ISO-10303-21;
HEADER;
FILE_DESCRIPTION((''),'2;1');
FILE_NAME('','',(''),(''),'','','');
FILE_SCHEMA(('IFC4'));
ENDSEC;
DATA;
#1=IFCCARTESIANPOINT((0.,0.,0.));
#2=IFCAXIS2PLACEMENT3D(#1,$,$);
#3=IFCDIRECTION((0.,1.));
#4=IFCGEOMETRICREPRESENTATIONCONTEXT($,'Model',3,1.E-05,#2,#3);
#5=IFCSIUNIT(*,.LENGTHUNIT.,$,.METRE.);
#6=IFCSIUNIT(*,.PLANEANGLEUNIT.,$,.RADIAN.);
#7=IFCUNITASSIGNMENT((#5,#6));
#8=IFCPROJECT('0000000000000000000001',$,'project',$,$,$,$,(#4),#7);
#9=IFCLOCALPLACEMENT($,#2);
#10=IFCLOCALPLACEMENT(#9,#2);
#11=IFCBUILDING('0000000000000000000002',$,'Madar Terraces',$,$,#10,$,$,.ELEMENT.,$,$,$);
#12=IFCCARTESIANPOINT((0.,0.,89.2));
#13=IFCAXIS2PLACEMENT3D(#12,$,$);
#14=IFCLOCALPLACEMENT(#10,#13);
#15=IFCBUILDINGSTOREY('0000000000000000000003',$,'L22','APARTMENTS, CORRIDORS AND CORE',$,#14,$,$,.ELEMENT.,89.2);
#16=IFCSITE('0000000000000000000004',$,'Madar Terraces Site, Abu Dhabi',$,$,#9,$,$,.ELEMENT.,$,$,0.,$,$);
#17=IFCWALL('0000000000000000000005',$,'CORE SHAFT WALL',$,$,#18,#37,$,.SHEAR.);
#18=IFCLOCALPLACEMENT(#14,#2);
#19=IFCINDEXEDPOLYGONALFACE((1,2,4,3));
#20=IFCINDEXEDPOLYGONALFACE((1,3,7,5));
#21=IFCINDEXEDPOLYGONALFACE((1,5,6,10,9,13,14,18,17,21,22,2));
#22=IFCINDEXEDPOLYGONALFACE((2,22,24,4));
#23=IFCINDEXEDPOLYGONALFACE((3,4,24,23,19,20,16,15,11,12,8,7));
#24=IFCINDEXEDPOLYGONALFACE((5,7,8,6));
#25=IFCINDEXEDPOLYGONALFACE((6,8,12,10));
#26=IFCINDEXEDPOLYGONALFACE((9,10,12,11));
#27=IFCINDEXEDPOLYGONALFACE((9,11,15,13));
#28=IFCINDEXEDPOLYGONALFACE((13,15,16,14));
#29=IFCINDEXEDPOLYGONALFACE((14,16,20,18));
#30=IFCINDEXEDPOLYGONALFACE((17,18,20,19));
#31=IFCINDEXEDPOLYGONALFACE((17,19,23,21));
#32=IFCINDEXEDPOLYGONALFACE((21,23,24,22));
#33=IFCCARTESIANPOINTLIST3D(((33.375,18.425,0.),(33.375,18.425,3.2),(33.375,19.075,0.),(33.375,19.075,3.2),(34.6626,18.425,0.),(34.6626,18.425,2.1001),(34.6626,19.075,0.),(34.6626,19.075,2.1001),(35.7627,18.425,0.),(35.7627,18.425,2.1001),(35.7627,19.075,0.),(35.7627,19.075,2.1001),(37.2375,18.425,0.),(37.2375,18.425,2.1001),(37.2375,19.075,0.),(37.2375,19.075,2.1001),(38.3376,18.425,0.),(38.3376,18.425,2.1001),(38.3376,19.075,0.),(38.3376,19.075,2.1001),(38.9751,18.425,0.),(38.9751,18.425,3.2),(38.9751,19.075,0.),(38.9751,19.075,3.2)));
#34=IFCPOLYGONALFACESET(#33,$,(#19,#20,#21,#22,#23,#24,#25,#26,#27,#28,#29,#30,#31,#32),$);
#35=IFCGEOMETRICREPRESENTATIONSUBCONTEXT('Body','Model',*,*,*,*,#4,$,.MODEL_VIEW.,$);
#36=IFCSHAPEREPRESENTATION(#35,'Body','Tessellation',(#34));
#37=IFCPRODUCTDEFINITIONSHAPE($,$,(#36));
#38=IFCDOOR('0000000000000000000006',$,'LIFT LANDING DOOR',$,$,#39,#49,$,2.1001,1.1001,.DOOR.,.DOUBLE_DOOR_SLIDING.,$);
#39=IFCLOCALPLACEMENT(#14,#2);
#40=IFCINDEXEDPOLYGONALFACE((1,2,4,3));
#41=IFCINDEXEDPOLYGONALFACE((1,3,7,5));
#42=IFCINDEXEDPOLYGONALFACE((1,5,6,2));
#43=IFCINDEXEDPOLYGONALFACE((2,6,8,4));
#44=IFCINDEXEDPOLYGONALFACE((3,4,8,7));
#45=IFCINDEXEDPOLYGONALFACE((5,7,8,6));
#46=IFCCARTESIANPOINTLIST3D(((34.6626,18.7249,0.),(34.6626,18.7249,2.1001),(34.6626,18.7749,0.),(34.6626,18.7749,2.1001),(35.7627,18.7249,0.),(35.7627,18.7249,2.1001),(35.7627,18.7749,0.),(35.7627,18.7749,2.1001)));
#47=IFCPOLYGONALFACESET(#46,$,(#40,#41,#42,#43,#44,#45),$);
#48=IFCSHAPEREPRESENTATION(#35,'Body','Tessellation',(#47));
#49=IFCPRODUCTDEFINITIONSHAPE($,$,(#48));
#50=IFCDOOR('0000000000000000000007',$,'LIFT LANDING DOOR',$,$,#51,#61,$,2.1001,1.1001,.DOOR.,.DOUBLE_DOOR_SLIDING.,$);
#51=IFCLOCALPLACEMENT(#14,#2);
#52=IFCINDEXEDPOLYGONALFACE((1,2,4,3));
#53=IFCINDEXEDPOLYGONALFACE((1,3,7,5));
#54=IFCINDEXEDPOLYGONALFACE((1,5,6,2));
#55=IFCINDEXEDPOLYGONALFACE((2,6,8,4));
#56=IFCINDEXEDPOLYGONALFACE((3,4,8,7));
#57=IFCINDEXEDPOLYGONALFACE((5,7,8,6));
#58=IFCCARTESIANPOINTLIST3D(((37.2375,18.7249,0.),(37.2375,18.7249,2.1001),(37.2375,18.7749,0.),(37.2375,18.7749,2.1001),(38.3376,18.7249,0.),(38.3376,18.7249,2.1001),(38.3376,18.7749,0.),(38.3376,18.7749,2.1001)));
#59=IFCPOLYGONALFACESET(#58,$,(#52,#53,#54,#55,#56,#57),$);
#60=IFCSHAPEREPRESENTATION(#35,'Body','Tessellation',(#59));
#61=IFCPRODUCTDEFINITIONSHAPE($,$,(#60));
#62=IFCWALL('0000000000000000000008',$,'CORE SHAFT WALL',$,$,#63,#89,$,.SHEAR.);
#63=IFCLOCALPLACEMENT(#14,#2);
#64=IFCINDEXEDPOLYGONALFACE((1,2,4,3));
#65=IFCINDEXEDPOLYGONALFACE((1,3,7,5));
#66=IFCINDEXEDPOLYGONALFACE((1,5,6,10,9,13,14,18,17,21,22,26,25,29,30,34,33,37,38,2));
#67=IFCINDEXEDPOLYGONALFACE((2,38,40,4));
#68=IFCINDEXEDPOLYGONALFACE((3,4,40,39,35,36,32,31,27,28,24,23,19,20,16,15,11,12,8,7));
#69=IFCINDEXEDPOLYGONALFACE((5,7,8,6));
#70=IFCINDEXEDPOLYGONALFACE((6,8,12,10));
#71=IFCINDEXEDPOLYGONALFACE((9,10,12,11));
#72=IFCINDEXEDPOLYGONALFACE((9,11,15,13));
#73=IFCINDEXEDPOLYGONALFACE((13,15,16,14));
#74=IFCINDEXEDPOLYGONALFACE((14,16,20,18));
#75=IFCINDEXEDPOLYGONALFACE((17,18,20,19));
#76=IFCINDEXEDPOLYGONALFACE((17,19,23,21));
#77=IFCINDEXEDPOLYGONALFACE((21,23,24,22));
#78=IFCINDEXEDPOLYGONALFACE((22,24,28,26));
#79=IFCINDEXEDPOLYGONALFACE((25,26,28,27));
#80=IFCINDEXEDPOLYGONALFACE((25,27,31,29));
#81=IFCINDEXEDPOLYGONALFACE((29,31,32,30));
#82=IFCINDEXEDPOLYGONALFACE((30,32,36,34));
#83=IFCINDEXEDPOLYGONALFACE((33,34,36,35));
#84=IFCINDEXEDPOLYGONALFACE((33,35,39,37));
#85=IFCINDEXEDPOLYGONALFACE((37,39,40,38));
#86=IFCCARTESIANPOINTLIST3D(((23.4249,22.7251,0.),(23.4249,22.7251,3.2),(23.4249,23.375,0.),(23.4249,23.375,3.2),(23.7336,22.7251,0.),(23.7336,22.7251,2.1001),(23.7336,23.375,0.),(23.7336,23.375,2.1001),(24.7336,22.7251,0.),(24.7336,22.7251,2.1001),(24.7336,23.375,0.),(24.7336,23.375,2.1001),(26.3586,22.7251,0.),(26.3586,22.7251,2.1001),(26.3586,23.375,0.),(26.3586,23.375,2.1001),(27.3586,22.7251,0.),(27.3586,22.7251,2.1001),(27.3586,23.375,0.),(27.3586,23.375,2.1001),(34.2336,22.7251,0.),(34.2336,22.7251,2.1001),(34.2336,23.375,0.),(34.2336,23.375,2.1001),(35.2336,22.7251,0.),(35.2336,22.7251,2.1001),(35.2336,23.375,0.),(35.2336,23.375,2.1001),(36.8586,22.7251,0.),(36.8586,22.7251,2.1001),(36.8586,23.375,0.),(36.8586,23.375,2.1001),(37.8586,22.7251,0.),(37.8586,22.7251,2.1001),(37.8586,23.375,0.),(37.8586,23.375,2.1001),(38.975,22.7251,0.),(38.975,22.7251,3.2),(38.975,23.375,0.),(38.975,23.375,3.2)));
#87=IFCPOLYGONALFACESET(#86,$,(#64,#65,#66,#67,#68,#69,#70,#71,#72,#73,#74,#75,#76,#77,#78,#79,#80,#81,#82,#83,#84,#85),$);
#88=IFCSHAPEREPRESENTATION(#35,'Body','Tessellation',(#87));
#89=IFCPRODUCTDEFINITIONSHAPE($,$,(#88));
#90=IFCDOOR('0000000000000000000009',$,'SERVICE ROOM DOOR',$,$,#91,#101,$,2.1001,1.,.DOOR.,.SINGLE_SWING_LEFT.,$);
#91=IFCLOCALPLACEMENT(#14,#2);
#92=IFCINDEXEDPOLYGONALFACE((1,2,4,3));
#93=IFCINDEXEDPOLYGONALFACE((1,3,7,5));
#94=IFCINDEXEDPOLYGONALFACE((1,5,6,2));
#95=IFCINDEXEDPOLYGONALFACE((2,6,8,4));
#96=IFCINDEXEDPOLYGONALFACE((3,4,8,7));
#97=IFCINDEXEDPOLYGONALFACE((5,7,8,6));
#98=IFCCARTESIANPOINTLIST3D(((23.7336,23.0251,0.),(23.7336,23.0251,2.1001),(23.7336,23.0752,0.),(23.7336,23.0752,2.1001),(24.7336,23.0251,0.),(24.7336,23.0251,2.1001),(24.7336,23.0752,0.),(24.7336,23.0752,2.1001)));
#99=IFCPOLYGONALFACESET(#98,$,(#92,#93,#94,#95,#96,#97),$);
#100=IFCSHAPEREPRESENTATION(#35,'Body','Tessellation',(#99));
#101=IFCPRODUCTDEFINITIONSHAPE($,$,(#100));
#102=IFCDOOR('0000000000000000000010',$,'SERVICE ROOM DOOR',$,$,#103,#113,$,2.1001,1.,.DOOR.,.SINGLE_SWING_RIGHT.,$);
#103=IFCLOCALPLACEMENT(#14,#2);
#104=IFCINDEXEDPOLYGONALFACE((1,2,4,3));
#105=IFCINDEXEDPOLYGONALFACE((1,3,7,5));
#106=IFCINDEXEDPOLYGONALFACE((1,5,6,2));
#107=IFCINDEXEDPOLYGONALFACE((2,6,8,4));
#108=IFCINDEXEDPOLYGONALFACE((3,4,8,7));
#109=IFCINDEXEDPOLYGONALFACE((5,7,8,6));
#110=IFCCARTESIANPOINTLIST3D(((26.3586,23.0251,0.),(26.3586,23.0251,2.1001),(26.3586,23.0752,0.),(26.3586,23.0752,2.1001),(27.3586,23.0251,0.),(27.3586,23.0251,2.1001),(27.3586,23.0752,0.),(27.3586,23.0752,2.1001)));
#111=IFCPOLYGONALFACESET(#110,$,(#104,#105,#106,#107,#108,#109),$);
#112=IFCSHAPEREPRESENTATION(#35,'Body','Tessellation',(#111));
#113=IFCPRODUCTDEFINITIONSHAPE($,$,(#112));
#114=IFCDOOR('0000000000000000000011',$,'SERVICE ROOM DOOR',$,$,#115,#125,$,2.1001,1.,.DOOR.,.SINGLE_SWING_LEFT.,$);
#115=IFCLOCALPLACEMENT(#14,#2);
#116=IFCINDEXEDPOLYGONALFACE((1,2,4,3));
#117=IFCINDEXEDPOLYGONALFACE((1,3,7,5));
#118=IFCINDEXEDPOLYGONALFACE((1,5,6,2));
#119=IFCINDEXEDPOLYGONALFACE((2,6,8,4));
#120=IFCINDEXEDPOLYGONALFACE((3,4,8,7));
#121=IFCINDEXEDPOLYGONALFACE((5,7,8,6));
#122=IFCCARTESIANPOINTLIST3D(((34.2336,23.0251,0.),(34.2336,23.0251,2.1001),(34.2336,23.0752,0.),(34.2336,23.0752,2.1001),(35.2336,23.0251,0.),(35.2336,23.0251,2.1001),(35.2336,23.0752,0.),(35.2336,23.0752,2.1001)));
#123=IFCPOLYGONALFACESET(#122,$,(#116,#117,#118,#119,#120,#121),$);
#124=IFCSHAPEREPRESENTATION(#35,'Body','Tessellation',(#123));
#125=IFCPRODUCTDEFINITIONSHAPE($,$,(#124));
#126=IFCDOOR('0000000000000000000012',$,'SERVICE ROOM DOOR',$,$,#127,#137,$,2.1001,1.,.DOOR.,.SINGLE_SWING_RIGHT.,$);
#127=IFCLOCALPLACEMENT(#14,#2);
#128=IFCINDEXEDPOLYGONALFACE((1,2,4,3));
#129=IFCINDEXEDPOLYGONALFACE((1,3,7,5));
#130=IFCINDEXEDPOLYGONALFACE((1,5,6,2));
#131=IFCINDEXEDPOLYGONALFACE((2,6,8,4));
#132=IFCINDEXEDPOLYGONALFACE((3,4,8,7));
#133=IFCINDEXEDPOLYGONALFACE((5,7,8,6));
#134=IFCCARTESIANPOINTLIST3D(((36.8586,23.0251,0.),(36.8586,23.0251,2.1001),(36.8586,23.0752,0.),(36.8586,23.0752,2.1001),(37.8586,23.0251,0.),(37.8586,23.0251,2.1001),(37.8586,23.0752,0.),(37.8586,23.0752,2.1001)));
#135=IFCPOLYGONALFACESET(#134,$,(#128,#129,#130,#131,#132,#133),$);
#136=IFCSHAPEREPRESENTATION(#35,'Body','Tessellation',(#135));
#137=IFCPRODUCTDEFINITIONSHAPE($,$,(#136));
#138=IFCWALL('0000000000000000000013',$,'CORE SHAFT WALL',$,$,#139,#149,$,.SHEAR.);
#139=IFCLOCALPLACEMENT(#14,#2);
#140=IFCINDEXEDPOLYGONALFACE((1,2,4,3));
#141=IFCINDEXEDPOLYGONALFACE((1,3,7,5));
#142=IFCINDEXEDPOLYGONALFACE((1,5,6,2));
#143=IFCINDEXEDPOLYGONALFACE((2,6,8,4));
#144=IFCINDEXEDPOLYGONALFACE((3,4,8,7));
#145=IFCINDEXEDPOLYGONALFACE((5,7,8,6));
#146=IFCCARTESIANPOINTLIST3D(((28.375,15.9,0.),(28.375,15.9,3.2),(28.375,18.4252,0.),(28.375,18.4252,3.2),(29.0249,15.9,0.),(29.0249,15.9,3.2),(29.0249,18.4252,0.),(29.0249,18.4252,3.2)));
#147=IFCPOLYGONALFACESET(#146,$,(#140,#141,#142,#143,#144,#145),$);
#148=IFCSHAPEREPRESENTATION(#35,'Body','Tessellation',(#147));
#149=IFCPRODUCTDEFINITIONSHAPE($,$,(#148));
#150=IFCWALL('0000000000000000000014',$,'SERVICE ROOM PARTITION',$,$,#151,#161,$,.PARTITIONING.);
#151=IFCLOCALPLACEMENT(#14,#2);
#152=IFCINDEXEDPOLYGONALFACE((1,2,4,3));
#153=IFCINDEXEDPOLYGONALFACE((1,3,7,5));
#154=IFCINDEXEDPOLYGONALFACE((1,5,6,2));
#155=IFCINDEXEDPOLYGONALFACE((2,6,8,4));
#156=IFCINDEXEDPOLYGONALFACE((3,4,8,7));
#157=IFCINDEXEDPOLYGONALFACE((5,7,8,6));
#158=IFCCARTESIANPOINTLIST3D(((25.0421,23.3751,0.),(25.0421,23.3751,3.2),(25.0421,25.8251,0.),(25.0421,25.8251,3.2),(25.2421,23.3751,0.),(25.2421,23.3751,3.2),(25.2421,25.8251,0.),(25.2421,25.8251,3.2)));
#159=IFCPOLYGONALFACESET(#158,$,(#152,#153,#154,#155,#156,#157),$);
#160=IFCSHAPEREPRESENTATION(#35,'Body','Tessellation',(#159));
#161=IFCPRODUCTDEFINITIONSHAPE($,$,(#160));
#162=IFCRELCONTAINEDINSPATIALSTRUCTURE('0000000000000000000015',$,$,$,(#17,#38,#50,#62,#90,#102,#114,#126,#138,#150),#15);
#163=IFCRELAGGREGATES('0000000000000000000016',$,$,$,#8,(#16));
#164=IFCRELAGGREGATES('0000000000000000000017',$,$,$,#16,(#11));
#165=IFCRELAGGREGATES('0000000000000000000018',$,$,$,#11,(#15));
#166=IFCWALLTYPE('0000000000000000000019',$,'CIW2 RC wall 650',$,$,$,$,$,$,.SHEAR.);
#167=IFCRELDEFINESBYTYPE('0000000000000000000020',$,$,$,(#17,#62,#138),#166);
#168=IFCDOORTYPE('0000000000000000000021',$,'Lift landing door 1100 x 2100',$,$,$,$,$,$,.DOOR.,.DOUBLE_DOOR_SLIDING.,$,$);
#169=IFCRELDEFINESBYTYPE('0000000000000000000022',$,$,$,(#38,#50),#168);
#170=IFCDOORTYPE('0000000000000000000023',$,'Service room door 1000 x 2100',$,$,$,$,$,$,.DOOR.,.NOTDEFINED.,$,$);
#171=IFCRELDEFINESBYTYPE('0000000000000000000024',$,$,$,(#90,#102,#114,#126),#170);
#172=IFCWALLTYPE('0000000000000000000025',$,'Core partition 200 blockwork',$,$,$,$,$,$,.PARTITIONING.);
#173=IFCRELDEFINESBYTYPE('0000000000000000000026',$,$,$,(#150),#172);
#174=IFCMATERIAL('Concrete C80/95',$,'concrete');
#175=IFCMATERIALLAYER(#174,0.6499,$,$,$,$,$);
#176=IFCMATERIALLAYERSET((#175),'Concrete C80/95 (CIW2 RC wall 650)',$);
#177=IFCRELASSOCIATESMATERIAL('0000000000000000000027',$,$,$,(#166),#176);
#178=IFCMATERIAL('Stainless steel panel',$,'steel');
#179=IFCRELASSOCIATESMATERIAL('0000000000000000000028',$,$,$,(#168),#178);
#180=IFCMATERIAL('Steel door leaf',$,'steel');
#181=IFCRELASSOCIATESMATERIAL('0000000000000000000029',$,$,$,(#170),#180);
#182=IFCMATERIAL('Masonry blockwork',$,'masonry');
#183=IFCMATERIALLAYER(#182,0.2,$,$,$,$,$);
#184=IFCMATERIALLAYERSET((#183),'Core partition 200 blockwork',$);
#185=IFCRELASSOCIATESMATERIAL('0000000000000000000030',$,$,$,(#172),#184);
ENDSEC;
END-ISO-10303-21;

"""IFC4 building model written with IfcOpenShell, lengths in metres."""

from ifc_helpers import new_model, si_unit, direction, frame, frame_2d, origin, place, context, subcontext, project, spatial, rectangle, extrude, material, layer, layer_set, type_object, element, fill, save


model = new_model("IFC4")

# Units and contexts
model_context = context("Model", 3, precision=1e-05, world=origin(), true_north=direction((0.0, 1.0)))
body_context = subcontext(model_context, "Body", "Model", "MODEL_VIEW")
ifc_project = project(units=[si_unit("LENGTHUNIT", "METRE"), si_unit("PLANEANGLEUNIT", "RADIAN")], contexts=[model_context])

# Site, building, storey
site_placement = place(None, origin())
site = spatial("IfcSite", under=ifc_project, at=site_placement, Name="Madar Terraces Site, Abu Dhabi", CompositionType="ELEMENT", RefElevation=0.0)
building_placement = place(site_placement, origin())
building = spatial("IfcBuilding", under=site, at=building_placement, Name="Madar Terraces", CompositionType="ELEMENT")
storey_placement = place(building_placement, frame((0.0, 0.0, 89.2)))
storey = spatial("IfcBuildingStorey", under=building, at=storey_placement, Name="L22", Description="APARTMENTS, CORRIDORS AND CORE", CompositionType="ELEMENT", Elevation=89.2)

# Walls, openings, doors
ifc_material_1 = material(Name="Concrete C80/95", Category="concrete")
ifc_layer_1 = layer(ifc_material_1, 0.6499)
ifc_layer_set_1 = layer_set([ifc_layer_1], Name="Concrete C80/95 (CIW2 RC wall 650)")
wall_type_1 = type_object("IfcWallType", Name="CIW2 RC wall 650", PredefinedType="SHEAR", material=ifc_layer_set_1)
wall_1_placement = place(storey_placement, frame((33.375, 18.75, 0.0), z_axis=(0.0, 0.0, 1.0), x_axis=(1.0, 0.0, 0.0)))
wall_1 = element("IfcWall", 1, at=wall_1_placement, inside=storey, type_object=wall_type_1, Name="CORE SHAFT WALL", PredefinedType="SHEAR", context=body_context, shape_type="SweptSolid", body=[
    extrude(rectangle(XDim=5.6001, YDim=0.6499, at=frame_2d((2.8, 0.0))), origin(), (0.0, 0.0, 1.0), 3.2),
])
opening_1_placement = place(wall_1_placement, frame((1.2876, 0.0, 0.0)))
opening_1 = element("IfcOpeningElement", 2, at=opening_1_placement, cuts=wall_1, PredefinedType="OPENING", context=body_context, shape_type="SweptSolid", body=[
    extrude(rectangle(XDim=1.1001, YDim=2.1001, at=frame_2d((0.55, 1.05))), frame((0.0, 0.335, 0.0), z_axis=(0.0, -1.0, 0.0), x_axis=(1.0, 0.0, 0.0)), (0.0, 0.0, 1.0), 0.6699),
])
opening_2_placement = place(wall_1_placement, frame((3.8625, 0.0, 0.0)))
opening_2 = element("IfcOpeningElement", 3, at=opening_2_placement, cuts=wall_1, PredefinedType="OPENING", context=body_context, shape_type="SweptSolid", body=[
    extrude(rectangle(XDim=1.1001, YDim=2.1001, at=frame_2d((0.55, 1.05))), frame((0.0, 0.335, 0.0), z_axis=(0.0, -1.0, 0.0), x_axis=(1.0, 0.0, 0.0)), (0.0, 0.0, 1.0), 0.6699),
])
ifc_material_2 = material(Name="Stainless steel panel", Category="steel")
door_type_1 = type_object("IfcDoorType", Name="Lift landing door 1100 x 2100", OperationType="DOUBLE_DOOR_SLIDING", PredefinedType="DOOR", material=ifc_material_2)
door_1_placement = place(opening_1_placement, origin())
door_1 = element("IfcDoor", 4, at=door_1_placement, inside=storey, type_object=door_type_1, Name="LIFT LANDING DOOR", OperationType="DOUBLE_DOOR_SLIDING", OverallHeight=2.1001, OverallWidth=1.1001, PredefinedType="DOOR", context=body_context, shape_type="SweptSolid", body=[
    extrude(rectangle(XDim=1.1001, YDim=2.1001, at=frame_2d((0.55, 1.05))), frame((0.0, 0.0249, 0.0), z_axis=(0.0, -1.0, 0.0), x_axis=(1.0, 0.0, 0.0)), (0.0, 0.0, 1.0), 0.05),
])
fill(opening_1, door_1)
door_2_placement = place(opening_2_placement, origin())
door_2 = element("IfcDoor", 5, at=door_2_placement, inside=storey, type_object=door_type_1, Name="LIFT LANDING DOOR", OperationType="DOUBLE_DOOR_SLIDING", OverallHeight=2.1001, OverallWidth=1.1001, PredefinedType="DOOR", context=body_context, shape_type="SweptSolid", body=[
    extrude(rectangle(XDim=1.1001, YDim=2.1001, at=frame_2d((0.55, 1.05))), frame((0.0, 0.0249, 0.0), z_axis=(0.0, -1.0, 0.0), x_axis=(1.0, 0.0, 0.0)), (0.0, 0.0, 1.0), 0.05),
])
fill(opening_2, door_2)
wall_2_placement = place(storey_placement, frame((23.425, 23.05, 0.0), z_axis=(0.0, 0.0, 1.0), x_axis=(1.0, 0.0, 0.0)))
wall_2 = element("IfcWall", 6, at=wall_2_placement, inside=storey, type_object=wall_type_1, Name="CORE SHAFT WALL", PredefinedType="SHEAR", context=body_context, shape_type="SweptSolid", body=[
    extrude(rectangle(XDim=15.55, YDim=0.6499, at=frame_2d((7.7749, 0.0))), origin(), (0.0, 0.0, 1.0), 3.2),
])
opening_3_placement = place(wall_2_placement, frame((0.3086, 0.0, 0.0)))
opening_3 = element("IfcOpeningElement", 7, at=opening_3_placement, cuts=wall_2, PredefinedType="OPENING", context=body_context, shape_type="SweptSolid", body=[
    extrude(rectangle(XDim=1.0, YDim=2.1001, at=frame_2d((0.5, 1.05))), frame((0.0, 0.335, 0.0), z_axis=(0.0, -1.0, 0.0), x_axis=(1.0, 0.0, 0.0)), (0.0, 0.0, 1.0), 0.6699),
])
opening_4_placement = place(wall_2_placement, frame((2.9336, 0.0, 0.0)))
opening_4 = element("IfcOpeningElement", 8, at=opening_4_placement, cuts=wall_2, PredefinedType="OPENING", context=body_context, shape_type="SweptSolid", body=[
    extrude(rectangle(XDim=1.0, YDim=2.1001, at=frame_2d((0.5, 1.05))), frame((0.0, 0.335, 0.0), z_axis=(0.0, -1.0, 0.0), x_axis=(1.0, 0.0, 0.0)), (0.0, 0.0, 1.0), 0.6699),
])
opening_5_placement = place(wall_2_placement, frame((10.8086, 0.0, 0.0)))
opening_5 = element("IfcOpeningElement", 9, at=opening_5_placement, cuts=wall_2, PredefinedType="OPENING", context=body_context, shape_type="SweptSolid", body=[
    extrude(rectangle(XDim=1.0, YDim=2.1001, at=frame_2d((0.5, 1.05))), frame((0.0, 0.335, 0.0), z_axis=(0.0, -1.0, 0.0), x_axis=(1.0, 0.0, 0.0)), (0.0, 0.0, 1.0), 0.6699),
])
opening_6_placement = place(wall_2_placement, frame((13.4336, 0.0, 0.0)))
opening_6 = element("IfcOpeningElement", 10, at=opening_6_placement, cuts=wall_2, PredefinedType="OPENING", context=body_context, shape_type="SweptSolid", body=[
    extrude(rectangle(XDim=1.0, YDim=2.1001, at=frame_2d((0.5, 1.05))), frame((0.0, 0.335, 0.0), z_axis=(0.0, -1.0, 0.0), x_axis=(1.0, 0.0, 0.0)), (0.0, 0.0, 1.0), 0.6699),
])
ifc_material_3 = material(Name="Steel door leaf", Category="steel")
door_type_2 = type_object("IfcDoorType", Name="Service room door 1000 x 2100", OperationType="NOTDEFINED", PredefinedType="DOOR", material=ifc_material_3)
door_3_placement = place(opening_3_placement, frame((1.0, 0.0, 0.0), z_axis=(0.0, 0.0, 1.0), x_axis=(-1.0, 0.0, 0.0)))
door_3 = element("IfcDoor", 11, at=door_3_placement, inside=storey, type_object=door_type_2, Name="SERVICE ROOM DOOR", OperationType="SINGLE_SWING_LEFT", OverallHeight=2.1001, OverallWidth=1.0, PredefinedType="DOOR", context=body_context, shape_type="SweptSolid", body=[
    extrude(rectangle(XDim=1.0, YDim=2.1001, at=frame_2d((0.5, 1.05))), frame((0.0, 0.0249, 0.0), z_axis=(0.0, -1.0, 0.0), x_axis=(1.0, 0.0, 0.0)), (0.0, 0.0, 1.0), 0.05),
])
fill(opening_3, door_3)
door_4_placement = place(opening_4_placement, frame((1.0, 0.0, 0.0), z_axis=(0.0, 0.0, 1.0), x_axis=(-1.0, 0.0, 0.0)))
door_4 = element("IfcDoor", 12, at=door_4_placement, inside=storey, type_object=door_type_2, Name="SERVICE ROOM DOOR", OperationType="SINGLE_SWING_RIGHT", OverallHeight=2.1001, OverallWidth=1.0, PredefinedType="DOOR", context=body_context, shape_type="SweptSolid", body=[
    extrude(rectangle(XDim=1.0, YDim=2.1001, at=frame_2d((0.5, 1.05))), frame((0.0, 0.0249, 0.0), z_axis=(0.0, -1.0, 0.0), x_axis=(1.0, 0.0, 0.0)), (0.0, 0.0, 1.0), 0.05),
])
fill(opening_4, door_4)
door_5_placement = place(opening_5_placement, frame((1.0, 0.0, 0.0), z_axis=(0.0, 0.0, 1.0), x_axis=(-1.0, 0.0, 0.0)))
door_5 = element("IfcDoor", 13, at=door_5_placement, inside=storey, type_object=door_type_2, Name="SERVICE ROOM DOOR", OperationType="SINGLE_SWING_LEFT", OverallHeight=2.1001, OverallWidth=1.0, PredefinedType="DOOR", context=body_context, shape_type="SweptSolid", body=[
    extrude(rectangle(XDim=1.0, YDim=2.1001, at=frame_2d((0.5, 1.05))), frame((0.0, 0.0249, 0.0), z_axis=(0.0, -1.0, 0.0), x_axis=(1.0, 0.0, 0.0)), (0.0, 0.0, 1.0), 0.05),
])
fill(opening_5, door_5)
door_6_placement = place(opening_6_placement, frame((1.0, 0.0, 0.0), z_axis=(0.0, 0.0, 1.0), x_axis=(-1.0, 0.0, 0.0)))
door_6 = element("IfcDoor", 14, at=door_6_placement, inside=storey, type_object=door_type_2, Name="SERVICE ROOM DOOR", OperationType="SINGLE_SWING_RIGHT", OverallHeight=2.1001, OverallWidth=1.0, PredefinedType="DOOR", context=body_context, shape_type="SweptSolid", body=[
    extrude(rectangle(XDim=1.0, YDim=2.1001, at=frame_2d((0.5, 1.05))), frame((0.0, 0.0249, 0.0), z_axis=(0.0, -1.0, 0.0), x_axis=(1.0, 0.0, 0.0)), (0.0, 0.0, 1.0), 0.05),
])
fill(opening_6, door_6)

# Walls
wall_3_placement = place(storey_placement, frame((28.7, 15.8999, 0.0), z_axis=(0.0, 0.0, 1.0), x_axis=(0.0, 1.0, 0.0)))
element("IfcWall", 15, at=wall_3_placement, inside=storey, type_object=wall_type_1, Name="CORE SHAFT WALL", PredefinedType="SHEAR", context=body_context, shape_type="SweptSolid", body=[
    extrude(rectangle(XDim=2.5251, YDim=0.6499, at=frame_2d((1.2627, 0.0))), origin(), (0.0, 0.0, 1.0), 3.2),
])
ifc_material_4 = material(Name="Masonry blockwork", Category="masonry")
ifc_layer_2 = layer(ifc_material_4, 0.2)
ifc_layer_set_2 = layer_set([ifc_layer_2], Name="Core partition 200 blockwork")
wall_type_2 = type_object("IfcWallType", Name="Core partition 200 blockwork", PredefinedType="PARTITIONING", material=ifc_layer_set_2)
wall_4_placement = place(storey_placement, frame((25.1421, 23.375, 0.0), z_axis=(0.0, 0.0, 1.0), x_axis=(0.0, 1.0, 0.0)))
element("IfcWall", 16, at=wall_4_placement, inside=storey, type_object=wall_type_2, Name="SERVICE ROOM PARTITION", PredefinedType="PARTITIONING", context=body_context, shape_type="SweptSolid", body=[
    extrude(rectangle(XDim=2.45, YDim=0.2, at=frame_2d((1.2251, 0.0))), origin(), (0.0, 0.0, 1.0), 3.2),
])

save(model, "model.ifc")
